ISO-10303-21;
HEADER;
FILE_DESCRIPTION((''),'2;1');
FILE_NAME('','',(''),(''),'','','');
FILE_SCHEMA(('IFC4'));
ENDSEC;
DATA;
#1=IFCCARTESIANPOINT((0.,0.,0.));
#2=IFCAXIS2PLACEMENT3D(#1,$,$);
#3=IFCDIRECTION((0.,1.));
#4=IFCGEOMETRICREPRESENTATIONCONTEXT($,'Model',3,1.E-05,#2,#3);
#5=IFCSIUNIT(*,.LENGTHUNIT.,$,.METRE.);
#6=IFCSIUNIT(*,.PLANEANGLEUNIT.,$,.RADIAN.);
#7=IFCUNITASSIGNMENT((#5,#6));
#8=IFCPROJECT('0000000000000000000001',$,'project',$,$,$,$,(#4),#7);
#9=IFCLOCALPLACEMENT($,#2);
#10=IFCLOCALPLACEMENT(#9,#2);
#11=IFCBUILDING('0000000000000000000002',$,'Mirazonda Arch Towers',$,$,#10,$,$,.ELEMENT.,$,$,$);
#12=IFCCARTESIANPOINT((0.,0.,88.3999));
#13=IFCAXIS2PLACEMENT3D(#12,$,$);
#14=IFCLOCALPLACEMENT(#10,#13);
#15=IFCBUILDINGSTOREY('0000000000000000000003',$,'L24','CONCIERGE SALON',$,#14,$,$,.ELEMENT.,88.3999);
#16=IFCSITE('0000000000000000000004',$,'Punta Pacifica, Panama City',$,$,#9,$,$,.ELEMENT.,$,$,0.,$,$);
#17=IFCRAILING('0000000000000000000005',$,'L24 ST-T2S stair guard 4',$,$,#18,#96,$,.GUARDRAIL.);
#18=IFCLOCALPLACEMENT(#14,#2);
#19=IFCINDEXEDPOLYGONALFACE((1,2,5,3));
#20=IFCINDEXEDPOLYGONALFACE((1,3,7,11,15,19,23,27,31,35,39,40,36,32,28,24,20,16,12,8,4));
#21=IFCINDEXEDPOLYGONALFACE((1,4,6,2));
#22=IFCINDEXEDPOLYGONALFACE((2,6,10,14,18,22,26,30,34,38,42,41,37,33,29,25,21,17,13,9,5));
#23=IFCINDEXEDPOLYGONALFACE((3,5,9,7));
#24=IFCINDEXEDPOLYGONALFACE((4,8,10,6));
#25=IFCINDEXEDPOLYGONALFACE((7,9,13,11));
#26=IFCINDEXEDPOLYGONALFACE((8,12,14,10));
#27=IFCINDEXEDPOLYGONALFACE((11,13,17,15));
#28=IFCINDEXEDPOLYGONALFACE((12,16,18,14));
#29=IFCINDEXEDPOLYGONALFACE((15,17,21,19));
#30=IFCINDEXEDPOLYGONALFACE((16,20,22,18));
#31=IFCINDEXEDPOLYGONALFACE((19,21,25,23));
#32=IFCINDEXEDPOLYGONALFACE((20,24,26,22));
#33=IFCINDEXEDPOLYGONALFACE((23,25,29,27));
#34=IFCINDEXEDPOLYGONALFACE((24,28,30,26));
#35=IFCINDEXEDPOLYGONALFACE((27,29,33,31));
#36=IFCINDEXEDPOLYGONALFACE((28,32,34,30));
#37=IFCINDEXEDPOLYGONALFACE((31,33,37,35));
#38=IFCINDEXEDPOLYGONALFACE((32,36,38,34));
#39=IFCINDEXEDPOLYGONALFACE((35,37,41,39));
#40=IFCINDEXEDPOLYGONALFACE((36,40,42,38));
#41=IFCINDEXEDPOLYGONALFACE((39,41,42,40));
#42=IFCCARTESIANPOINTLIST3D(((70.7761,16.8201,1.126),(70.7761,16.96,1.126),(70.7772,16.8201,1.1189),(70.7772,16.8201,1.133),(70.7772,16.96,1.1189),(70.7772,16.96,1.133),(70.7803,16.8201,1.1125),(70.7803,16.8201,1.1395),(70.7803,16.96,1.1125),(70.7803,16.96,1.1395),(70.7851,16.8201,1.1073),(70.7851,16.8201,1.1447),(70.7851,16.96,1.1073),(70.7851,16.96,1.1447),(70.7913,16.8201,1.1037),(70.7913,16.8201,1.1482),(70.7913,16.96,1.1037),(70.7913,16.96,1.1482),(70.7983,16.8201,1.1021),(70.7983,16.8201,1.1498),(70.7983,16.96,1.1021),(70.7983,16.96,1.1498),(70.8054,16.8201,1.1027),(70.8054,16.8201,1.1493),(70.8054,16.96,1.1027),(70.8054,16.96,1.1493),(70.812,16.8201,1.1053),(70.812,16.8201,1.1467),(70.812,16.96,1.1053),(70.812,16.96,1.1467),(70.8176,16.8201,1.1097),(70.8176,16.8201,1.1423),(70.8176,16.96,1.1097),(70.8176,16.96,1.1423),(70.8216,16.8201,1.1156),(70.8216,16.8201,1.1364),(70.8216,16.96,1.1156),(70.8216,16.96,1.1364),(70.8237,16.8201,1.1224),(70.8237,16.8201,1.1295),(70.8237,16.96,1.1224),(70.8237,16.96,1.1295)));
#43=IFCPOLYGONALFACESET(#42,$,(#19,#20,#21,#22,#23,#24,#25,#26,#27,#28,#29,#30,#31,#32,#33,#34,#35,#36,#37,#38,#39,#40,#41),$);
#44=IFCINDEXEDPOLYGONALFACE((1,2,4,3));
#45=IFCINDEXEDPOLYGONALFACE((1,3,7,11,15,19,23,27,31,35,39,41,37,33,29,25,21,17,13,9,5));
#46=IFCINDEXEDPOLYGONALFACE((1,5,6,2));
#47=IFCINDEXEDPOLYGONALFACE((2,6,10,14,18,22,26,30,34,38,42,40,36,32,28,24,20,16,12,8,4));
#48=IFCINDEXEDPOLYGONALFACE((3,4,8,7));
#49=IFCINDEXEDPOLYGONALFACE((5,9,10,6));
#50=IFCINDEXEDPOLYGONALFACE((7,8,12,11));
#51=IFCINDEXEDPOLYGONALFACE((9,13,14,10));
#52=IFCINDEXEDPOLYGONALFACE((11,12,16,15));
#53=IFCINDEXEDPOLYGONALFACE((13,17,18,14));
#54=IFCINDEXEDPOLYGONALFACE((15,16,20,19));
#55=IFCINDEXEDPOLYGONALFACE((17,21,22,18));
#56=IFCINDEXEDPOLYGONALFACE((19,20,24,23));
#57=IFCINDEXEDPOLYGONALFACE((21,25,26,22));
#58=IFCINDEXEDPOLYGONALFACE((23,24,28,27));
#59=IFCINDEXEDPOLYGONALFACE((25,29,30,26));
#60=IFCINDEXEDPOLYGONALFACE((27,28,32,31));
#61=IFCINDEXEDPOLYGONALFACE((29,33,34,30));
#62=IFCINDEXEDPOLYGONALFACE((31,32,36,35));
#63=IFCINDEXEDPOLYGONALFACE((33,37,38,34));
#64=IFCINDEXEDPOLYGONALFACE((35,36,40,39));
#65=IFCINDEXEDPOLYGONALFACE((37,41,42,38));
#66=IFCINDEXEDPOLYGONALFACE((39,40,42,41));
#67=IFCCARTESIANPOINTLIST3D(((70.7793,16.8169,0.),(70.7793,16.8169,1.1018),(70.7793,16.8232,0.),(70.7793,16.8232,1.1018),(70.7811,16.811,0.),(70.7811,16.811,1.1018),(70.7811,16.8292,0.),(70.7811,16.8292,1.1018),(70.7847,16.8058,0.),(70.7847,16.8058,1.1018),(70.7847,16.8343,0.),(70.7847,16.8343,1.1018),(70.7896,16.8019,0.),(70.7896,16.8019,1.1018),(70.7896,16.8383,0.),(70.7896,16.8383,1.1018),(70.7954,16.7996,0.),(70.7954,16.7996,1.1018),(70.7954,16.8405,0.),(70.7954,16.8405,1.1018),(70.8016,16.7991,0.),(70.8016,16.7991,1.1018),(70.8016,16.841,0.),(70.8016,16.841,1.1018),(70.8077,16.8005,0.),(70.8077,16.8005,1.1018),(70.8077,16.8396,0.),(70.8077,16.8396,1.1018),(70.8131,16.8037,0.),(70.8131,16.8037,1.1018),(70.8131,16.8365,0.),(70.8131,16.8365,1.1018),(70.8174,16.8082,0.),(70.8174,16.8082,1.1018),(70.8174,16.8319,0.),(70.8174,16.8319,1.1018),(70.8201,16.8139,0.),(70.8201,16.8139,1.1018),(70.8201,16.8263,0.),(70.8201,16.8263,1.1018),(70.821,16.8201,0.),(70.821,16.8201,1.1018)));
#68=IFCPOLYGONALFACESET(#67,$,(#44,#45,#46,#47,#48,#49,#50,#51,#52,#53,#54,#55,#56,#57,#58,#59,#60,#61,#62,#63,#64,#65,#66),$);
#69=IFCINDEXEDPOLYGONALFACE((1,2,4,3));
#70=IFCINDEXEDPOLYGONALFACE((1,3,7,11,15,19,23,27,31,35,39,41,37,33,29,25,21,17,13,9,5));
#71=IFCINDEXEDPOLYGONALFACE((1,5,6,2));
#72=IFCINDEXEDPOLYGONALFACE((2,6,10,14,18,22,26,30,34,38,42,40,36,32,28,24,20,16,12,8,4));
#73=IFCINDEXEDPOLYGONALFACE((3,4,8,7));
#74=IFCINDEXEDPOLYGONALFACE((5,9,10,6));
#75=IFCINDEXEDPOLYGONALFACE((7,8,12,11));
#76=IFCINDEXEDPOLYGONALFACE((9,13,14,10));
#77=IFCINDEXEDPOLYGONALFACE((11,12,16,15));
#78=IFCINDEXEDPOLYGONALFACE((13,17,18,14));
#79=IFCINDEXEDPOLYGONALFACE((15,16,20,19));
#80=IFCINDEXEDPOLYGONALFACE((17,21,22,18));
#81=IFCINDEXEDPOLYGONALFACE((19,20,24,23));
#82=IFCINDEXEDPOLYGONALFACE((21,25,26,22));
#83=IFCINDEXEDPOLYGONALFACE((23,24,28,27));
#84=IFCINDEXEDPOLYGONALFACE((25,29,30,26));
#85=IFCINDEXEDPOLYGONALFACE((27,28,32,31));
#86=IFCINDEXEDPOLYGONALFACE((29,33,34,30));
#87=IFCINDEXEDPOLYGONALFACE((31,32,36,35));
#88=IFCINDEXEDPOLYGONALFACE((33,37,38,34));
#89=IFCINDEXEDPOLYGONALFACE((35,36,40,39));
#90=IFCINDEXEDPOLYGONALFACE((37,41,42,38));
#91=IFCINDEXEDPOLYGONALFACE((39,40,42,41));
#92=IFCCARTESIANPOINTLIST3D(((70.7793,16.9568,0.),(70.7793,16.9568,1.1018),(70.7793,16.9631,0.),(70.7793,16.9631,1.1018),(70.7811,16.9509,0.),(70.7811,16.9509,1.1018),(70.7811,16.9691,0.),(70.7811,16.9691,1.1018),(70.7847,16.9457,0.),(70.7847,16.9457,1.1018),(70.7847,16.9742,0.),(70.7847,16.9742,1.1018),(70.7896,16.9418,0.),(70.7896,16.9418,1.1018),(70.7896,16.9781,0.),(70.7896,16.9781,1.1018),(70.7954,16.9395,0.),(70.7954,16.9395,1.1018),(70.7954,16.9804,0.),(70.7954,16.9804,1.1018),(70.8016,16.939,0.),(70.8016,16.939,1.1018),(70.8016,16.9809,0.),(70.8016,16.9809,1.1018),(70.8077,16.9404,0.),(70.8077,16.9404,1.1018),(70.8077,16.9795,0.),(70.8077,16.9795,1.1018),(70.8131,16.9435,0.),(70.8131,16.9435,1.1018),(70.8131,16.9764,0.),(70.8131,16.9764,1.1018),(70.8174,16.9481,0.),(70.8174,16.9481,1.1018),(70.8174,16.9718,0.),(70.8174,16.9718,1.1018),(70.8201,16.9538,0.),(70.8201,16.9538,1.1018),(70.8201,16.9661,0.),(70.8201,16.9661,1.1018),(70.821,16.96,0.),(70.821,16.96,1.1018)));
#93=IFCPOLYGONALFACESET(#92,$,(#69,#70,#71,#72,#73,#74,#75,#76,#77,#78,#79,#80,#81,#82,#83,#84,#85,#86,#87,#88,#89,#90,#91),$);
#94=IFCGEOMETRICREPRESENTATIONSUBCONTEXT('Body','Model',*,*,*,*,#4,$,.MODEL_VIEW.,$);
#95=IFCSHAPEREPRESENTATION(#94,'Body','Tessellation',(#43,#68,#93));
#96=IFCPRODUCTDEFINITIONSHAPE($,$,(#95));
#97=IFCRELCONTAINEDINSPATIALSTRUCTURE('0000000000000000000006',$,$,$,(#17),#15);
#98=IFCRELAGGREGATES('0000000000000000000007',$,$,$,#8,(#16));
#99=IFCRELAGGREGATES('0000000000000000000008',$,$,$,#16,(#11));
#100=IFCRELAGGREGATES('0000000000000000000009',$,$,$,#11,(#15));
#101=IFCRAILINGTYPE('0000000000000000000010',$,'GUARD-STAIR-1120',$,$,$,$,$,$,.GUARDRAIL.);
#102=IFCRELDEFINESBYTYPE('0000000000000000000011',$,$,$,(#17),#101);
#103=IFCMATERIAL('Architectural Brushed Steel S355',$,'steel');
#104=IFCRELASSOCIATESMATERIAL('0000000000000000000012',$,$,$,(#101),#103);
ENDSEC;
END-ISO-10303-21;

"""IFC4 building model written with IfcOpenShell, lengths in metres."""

from ifc_helpers import new_model, si_unit, direction, frame, origin, origin_2d, place, context, subcontext, project, spatial, circle, extrude, material, type_object, element, save


model = new_model("IFC4")

# Units and contexts
model_context = context("Model", 3, precision=1e-05, world=origin(), true_north=direction((0.0, 1.0)))
body_context = subcontext(model_context, "Body", "Model", "MODEL_VIEW")
ifc_project = project(units=[si_unit("LENGTHUNIT", "METRE"), si_unit("PLANEANGLEUNIT", "RADIAN")], contexts=[model_context])

# Site, building, storey
site_placement = place(None, origin())
site = spatial("IfcSite", under=ifc_project, at=site_placement, Name="Punta Pacifica, Panama City", CompositionType="ELEMENT", RefElevation=0.0)
building_placement = place(site_placement, origin())
building = spatial("IfcBuilding", under=site, at=building_placement, Name="Mirazonda Arch Towers", CompositionType="ELEMENT")
storey_placement = place(building_placement, frame((0.0, 0.0, 88.3999)))
storey = spatial("IfcBuildingStorey", under=building, at=storey_placement, Name="L24", Description="CONCIERGE SALON", CompositionType="ELEMENT", Elevation=88.3999)

# Shared definitions
ifc_material_1 = material(Name="Architectural Brushed Steel S355", Category="steel")

# Railing
railing_type_1 = type_object("IfcRailingType", Name="GUARD-STAIR-1120", PredefinedType="GUARDRAIL", material=ifc_material_1)
railing_1_placement = place(storey_placement, frame((70.8, 16.8201, 0.0)))
element("IfcRailing", 1, at=railing_1_placement, inside=storey, type_object=railing_type_1, Name="L24 ST-T2S stair guard 4", PredefinedType="GUARDRAIL", context=body_context, shape_type="SweptSolid", body=[
    extrude(circle(Radius=0.0239, at=origin_2d()), frame((0.0, 0.0, 1.126), z_axis=(0.0, 1.0, 0.0), x_axis=(-1.0, 0.0, 0.0)), (0.0, 0.0, 1.0), 0.1399),
    extrude(circle(Radius=0.021, at=origin_2d()), origin(), (0.0, 0.0, 1.0), 1.1018),
    extrude(circle(Radius=0.021, at=origin_2d()), frame((0.0, 0.1399, 0.0)), (0.0, 0.0, 1.0), 1.1018),
])

save(model, "model.ifc")
